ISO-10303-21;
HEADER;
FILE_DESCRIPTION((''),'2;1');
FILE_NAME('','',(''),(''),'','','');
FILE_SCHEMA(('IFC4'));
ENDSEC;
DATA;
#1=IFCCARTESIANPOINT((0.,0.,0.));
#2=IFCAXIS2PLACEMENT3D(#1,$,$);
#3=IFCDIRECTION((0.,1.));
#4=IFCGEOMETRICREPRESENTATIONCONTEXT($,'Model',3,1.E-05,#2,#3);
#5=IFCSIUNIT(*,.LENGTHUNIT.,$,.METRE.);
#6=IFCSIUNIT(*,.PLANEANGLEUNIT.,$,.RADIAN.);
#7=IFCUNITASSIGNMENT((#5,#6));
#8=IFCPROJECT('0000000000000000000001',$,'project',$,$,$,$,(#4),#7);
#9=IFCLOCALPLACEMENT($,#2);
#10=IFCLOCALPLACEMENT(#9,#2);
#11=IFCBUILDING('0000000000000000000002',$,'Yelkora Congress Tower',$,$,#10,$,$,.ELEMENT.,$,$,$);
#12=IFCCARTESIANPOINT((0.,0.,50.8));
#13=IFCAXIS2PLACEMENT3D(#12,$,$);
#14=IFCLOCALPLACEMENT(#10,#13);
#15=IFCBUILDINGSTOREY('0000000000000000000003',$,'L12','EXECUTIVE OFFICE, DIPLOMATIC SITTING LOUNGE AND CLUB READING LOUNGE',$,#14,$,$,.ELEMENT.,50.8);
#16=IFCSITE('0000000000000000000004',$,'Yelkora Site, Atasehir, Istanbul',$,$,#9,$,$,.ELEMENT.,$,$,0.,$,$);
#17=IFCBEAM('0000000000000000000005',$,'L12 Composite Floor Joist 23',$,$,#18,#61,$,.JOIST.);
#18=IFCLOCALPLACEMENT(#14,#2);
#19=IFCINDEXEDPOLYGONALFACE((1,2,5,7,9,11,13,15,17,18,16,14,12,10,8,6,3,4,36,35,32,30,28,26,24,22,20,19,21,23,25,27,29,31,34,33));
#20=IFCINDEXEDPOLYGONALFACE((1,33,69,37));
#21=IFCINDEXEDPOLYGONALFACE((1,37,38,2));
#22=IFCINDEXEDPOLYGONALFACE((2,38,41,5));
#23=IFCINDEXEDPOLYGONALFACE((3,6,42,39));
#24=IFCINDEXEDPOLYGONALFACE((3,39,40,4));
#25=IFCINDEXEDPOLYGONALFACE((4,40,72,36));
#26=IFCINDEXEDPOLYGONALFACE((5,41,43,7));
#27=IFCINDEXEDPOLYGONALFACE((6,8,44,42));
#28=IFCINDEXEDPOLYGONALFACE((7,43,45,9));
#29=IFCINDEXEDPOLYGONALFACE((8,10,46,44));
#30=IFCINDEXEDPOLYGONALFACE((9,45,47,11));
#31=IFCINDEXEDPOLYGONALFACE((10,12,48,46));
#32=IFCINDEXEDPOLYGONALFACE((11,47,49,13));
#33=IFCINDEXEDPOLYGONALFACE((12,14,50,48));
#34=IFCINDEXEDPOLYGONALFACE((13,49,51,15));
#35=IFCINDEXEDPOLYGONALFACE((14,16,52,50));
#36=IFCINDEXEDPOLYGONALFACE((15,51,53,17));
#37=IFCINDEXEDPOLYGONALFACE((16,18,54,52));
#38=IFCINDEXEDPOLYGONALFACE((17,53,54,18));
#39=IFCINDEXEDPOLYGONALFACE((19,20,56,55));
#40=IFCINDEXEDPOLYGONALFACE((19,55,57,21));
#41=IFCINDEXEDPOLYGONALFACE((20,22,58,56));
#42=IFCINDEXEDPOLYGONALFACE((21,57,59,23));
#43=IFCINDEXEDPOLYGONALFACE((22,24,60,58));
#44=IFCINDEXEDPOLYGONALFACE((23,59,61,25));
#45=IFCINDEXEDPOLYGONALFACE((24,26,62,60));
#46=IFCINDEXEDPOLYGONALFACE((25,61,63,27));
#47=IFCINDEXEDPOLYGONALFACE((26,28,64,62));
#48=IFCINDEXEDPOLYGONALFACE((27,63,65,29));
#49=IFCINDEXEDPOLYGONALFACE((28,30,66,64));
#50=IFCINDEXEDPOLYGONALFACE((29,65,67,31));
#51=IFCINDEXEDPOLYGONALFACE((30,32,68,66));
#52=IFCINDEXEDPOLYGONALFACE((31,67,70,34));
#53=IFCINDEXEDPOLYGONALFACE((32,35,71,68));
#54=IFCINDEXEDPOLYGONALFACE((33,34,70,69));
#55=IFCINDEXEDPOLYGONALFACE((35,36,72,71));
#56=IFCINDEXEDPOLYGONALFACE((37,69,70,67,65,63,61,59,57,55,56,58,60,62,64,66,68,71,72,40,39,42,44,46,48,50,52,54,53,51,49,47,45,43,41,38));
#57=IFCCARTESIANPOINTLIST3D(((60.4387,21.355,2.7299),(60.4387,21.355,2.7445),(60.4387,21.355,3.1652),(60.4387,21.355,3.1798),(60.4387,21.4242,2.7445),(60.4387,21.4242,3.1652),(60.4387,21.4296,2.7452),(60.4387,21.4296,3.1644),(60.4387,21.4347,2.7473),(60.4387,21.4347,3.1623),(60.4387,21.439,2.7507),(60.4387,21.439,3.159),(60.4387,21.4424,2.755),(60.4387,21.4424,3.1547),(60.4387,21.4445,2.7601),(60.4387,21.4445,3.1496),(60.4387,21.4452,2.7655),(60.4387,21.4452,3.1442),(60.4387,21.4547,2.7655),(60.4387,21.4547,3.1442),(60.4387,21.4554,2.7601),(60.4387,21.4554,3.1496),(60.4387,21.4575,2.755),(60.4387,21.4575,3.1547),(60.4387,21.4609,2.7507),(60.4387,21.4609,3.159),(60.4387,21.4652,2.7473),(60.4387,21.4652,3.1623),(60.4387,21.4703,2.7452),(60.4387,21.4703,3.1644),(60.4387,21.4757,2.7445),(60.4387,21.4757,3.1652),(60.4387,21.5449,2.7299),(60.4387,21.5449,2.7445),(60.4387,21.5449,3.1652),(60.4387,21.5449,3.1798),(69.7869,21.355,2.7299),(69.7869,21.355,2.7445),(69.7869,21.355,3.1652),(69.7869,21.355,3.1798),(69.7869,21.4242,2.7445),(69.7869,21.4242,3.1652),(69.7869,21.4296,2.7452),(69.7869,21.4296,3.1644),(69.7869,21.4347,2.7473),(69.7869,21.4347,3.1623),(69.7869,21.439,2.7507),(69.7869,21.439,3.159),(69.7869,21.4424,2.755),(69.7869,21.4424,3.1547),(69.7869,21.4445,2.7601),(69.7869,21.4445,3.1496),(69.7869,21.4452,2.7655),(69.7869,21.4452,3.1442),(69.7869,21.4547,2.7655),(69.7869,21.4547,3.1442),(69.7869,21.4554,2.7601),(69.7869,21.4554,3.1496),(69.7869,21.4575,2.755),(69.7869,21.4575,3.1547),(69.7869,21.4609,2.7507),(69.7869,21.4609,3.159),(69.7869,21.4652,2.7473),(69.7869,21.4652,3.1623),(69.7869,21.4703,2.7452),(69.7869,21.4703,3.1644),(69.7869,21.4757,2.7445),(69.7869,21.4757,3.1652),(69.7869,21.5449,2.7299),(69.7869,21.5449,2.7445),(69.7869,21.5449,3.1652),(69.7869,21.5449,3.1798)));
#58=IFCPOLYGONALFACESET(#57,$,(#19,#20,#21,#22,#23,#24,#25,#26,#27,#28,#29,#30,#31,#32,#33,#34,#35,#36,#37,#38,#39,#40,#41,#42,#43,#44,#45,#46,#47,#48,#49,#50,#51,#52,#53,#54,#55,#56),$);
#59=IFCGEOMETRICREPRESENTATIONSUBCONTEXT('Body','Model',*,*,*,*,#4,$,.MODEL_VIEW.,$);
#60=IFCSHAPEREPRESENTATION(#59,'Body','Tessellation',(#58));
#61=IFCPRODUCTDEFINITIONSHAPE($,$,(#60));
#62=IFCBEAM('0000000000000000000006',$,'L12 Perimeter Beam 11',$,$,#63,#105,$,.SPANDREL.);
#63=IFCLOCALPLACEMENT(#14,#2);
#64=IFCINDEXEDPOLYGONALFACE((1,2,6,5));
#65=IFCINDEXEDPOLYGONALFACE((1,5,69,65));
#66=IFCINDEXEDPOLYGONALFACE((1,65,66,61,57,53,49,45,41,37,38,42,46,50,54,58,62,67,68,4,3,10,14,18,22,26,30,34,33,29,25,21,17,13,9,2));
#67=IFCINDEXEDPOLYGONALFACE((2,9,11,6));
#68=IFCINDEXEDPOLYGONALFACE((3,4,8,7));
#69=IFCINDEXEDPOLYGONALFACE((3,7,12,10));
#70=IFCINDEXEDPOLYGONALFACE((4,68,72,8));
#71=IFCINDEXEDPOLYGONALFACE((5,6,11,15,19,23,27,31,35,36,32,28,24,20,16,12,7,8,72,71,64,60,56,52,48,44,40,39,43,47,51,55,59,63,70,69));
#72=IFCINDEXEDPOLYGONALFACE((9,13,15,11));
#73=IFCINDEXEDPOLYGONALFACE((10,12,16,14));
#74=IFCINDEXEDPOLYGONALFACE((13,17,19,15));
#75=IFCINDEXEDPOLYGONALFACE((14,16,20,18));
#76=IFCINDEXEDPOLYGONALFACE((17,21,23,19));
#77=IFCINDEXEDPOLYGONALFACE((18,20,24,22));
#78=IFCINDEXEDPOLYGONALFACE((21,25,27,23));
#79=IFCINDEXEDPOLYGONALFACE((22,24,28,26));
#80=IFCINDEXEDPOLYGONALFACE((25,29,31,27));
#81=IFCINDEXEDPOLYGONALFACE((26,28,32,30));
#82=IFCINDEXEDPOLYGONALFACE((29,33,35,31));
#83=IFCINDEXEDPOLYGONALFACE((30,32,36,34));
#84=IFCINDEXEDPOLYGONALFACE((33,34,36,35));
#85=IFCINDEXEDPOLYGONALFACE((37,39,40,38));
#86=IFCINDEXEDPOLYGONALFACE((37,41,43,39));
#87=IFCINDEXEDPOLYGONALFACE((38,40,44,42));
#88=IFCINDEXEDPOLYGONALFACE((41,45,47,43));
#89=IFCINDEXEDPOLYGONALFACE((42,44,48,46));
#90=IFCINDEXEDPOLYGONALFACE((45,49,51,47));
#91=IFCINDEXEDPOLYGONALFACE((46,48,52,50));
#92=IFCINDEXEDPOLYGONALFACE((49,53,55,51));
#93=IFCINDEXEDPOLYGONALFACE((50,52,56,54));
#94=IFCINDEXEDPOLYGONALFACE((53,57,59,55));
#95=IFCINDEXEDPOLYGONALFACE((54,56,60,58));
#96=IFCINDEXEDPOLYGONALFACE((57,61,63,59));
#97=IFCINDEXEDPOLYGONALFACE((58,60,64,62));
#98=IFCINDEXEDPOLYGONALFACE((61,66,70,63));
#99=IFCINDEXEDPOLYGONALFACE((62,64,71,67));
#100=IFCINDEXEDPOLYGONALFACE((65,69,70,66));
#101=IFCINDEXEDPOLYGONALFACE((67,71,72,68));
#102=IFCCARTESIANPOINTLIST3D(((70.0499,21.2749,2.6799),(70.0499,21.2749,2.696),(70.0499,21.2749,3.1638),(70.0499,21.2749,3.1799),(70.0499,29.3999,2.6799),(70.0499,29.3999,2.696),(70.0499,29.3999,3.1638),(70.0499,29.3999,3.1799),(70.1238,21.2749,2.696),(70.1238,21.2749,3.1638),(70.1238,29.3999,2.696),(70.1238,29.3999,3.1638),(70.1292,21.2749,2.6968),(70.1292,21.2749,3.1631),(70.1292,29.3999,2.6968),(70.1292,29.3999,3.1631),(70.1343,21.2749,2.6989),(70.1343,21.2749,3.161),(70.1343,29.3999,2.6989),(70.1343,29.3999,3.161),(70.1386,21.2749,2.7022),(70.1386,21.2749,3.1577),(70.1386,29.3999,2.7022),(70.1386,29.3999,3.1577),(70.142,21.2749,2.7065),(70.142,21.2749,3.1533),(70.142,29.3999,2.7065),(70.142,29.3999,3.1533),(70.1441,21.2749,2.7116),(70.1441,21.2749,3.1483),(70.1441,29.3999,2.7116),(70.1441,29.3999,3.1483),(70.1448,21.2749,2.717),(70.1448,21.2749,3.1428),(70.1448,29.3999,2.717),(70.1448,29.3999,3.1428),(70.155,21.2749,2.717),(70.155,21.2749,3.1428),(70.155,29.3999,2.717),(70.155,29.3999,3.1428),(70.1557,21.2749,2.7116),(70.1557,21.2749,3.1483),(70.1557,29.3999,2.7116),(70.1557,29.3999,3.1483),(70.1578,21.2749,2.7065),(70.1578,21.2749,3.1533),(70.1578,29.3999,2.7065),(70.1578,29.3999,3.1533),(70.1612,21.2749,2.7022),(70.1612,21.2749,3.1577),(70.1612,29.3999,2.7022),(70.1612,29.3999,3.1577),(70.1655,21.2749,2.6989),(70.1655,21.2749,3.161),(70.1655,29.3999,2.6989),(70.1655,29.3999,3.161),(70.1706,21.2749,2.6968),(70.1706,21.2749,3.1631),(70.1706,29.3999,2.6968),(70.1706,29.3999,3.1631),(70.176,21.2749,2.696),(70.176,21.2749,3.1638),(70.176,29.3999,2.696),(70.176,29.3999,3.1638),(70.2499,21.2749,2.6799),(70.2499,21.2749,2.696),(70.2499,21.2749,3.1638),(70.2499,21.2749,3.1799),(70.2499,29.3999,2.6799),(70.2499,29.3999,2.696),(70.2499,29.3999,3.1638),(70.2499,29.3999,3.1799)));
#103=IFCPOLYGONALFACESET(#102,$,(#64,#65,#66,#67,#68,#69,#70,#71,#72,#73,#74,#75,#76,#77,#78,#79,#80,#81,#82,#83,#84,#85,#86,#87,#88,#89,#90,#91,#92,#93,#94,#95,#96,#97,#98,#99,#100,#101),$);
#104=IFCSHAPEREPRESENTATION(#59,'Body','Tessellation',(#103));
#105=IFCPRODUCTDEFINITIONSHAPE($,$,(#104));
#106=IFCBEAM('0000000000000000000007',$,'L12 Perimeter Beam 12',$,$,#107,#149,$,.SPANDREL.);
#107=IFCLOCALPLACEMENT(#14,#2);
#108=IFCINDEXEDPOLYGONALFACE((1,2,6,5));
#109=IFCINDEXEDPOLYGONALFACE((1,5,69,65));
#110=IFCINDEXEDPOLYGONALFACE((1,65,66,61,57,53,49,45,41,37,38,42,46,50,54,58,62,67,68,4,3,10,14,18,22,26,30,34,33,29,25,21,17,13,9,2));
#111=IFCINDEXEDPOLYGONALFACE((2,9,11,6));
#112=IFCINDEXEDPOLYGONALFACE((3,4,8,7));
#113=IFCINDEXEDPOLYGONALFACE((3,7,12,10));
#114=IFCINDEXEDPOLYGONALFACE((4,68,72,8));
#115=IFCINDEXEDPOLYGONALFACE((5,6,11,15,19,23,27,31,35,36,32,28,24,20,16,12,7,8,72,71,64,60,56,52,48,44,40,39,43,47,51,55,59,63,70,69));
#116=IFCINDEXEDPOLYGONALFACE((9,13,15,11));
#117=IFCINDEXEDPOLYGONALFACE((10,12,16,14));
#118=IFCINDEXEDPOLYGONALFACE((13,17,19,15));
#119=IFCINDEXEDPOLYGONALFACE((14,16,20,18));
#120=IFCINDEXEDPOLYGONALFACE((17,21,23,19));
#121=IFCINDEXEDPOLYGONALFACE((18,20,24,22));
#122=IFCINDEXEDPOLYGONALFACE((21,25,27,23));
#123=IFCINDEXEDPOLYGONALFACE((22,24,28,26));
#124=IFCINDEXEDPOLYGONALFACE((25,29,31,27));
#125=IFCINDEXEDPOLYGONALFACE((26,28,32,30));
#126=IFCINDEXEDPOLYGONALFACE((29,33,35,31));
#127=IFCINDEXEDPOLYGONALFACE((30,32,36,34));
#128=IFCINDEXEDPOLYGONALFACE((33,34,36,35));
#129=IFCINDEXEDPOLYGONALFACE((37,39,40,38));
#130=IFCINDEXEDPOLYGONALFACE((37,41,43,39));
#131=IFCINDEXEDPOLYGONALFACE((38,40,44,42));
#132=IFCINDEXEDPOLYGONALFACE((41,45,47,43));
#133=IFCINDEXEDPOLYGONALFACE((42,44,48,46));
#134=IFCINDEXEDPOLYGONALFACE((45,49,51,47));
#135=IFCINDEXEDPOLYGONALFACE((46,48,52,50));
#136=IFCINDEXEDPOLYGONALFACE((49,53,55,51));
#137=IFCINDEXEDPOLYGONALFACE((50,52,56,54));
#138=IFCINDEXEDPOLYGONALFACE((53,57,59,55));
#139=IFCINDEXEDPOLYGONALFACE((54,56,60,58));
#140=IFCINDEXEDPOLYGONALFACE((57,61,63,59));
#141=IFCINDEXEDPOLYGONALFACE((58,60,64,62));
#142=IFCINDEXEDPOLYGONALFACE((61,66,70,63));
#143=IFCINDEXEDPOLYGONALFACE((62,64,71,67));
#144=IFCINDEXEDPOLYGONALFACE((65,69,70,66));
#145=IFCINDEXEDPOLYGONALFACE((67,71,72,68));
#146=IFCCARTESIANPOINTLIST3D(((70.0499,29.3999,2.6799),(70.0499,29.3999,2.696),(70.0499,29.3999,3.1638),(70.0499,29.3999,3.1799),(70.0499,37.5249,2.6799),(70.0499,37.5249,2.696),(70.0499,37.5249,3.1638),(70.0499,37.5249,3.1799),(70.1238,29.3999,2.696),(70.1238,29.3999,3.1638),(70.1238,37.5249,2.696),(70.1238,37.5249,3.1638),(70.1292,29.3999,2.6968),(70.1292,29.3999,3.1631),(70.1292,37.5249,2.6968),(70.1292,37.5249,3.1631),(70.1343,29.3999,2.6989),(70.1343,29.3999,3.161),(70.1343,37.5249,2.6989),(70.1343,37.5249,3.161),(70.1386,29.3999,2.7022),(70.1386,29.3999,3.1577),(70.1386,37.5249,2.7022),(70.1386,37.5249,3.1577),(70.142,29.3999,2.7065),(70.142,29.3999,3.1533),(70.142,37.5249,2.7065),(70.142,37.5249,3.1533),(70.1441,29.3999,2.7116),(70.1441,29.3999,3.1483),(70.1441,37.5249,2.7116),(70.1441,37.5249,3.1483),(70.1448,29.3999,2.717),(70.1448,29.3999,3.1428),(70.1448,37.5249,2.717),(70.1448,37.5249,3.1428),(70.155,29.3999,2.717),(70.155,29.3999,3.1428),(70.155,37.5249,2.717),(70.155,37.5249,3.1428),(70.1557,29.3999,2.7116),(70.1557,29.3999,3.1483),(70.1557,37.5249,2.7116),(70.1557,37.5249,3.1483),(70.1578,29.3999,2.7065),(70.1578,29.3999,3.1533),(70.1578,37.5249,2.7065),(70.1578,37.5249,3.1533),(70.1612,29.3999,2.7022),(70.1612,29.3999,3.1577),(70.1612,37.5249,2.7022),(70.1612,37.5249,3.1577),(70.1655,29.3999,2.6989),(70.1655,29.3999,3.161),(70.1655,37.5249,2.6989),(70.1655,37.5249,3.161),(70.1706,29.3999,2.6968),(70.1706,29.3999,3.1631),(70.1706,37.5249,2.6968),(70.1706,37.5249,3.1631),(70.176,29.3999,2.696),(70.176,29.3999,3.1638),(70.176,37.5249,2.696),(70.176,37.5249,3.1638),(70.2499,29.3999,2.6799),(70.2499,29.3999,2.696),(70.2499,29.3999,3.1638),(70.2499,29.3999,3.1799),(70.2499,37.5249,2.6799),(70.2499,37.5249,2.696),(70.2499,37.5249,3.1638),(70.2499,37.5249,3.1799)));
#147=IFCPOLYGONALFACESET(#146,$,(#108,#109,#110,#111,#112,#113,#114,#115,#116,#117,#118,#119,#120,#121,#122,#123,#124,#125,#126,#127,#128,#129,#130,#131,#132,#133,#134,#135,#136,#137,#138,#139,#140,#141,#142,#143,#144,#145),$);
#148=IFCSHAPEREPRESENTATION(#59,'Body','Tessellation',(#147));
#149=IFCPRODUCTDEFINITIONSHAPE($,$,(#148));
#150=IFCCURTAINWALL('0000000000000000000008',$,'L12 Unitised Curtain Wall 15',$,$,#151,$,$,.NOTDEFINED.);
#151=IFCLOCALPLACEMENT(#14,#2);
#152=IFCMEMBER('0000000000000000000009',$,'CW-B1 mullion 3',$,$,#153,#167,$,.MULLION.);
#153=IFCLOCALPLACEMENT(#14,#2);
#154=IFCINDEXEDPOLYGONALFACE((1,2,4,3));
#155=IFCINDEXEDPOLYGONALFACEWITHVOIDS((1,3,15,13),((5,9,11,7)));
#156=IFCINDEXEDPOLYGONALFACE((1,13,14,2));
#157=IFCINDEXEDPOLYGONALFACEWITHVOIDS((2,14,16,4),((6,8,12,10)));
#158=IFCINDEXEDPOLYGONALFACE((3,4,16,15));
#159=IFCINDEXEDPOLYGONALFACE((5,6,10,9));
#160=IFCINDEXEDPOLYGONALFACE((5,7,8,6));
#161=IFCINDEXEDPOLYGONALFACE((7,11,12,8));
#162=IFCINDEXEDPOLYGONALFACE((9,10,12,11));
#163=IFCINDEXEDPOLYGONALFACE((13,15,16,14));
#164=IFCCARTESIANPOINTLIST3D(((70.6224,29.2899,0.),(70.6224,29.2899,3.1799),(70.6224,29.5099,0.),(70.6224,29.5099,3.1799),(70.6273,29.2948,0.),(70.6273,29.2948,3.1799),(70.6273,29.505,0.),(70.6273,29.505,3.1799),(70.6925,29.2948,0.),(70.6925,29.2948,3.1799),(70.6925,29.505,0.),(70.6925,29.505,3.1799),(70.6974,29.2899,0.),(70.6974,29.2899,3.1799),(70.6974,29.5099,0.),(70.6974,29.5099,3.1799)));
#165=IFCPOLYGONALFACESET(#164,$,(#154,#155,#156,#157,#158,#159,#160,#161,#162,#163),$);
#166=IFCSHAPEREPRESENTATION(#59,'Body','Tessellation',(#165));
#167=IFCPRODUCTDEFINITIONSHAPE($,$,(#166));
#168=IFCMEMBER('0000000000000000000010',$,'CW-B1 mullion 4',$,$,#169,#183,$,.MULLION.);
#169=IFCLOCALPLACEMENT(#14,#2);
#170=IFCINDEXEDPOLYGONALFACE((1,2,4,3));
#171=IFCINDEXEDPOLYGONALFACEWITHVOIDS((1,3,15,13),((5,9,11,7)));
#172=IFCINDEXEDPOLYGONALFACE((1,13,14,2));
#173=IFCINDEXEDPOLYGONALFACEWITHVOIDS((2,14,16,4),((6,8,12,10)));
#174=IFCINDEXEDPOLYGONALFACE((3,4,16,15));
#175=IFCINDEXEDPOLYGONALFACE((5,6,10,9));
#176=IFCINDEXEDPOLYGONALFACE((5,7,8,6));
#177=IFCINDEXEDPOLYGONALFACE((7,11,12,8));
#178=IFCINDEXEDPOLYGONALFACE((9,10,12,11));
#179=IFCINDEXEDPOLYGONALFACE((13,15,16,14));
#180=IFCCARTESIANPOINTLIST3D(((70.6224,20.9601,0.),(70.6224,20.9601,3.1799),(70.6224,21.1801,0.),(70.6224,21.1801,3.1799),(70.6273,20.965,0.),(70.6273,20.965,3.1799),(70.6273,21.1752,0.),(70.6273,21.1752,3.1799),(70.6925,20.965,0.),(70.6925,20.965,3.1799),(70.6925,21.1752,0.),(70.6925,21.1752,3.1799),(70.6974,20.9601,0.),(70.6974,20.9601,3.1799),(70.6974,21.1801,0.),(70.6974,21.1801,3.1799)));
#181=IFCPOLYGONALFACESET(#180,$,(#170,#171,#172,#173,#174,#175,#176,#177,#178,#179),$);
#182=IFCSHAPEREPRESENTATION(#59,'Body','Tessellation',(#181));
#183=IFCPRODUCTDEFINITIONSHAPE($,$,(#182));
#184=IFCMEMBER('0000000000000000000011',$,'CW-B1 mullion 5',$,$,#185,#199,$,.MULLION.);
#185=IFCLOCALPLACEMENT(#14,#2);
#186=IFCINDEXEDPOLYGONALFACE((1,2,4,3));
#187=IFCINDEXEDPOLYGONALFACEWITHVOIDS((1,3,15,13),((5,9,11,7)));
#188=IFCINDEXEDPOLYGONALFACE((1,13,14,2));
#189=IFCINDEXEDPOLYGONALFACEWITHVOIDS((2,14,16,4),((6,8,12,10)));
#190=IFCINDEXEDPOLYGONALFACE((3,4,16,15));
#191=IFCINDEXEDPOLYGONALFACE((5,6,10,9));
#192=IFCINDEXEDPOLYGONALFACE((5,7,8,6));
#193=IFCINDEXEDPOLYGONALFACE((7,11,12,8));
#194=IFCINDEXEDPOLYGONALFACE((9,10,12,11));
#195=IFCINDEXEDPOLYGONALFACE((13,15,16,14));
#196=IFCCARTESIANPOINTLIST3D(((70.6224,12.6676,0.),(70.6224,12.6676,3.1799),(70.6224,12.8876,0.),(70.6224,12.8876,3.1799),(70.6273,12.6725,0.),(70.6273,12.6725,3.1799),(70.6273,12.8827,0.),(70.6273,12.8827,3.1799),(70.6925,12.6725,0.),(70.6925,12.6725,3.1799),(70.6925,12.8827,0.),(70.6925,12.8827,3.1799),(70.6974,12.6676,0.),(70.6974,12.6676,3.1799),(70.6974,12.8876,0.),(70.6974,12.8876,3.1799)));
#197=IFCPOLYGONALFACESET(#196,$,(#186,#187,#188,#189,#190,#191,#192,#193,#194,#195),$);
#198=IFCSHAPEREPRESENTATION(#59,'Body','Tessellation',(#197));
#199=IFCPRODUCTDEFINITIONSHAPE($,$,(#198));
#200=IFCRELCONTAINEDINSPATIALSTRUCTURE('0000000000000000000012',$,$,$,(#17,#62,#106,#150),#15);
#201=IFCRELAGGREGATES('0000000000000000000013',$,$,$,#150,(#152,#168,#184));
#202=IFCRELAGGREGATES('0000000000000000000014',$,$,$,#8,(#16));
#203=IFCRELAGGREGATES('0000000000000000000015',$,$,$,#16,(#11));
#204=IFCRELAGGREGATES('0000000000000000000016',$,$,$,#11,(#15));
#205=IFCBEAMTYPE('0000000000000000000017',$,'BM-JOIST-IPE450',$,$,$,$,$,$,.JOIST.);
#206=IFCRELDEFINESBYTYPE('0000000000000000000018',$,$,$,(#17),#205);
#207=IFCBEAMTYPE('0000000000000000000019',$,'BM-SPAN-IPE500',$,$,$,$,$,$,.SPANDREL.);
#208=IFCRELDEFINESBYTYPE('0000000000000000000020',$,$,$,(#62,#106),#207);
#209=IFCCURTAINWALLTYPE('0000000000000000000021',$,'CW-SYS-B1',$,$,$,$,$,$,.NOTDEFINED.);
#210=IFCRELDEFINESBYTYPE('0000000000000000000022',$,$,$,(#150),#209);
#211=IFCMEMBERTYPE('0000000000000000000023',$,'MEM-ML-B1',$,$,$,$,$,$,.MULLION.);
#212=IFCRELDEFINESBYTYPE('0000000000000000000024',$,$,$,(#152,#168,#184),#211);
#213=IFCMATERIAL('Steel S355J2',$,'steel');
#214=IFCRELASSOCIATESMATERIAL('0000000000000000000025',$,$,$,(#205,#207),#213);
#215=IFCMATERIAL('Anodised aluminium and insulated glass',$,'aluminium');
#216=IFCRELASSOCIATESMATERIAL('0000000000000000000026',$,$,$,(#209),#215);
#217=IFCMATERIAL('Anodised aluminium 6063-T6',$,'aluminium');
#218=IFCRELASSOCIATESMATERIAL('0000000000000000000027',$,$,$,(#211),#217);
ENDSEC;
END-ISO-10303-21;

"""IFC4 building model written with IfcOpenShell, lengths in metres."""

from ifc_helpers import new_model, si_unit, direction, frame, origin, origin_2d, place, context, subcontext, project, spatial, hollow_rectangle, i_section, extrude, material, material_profile, profile_set, type_object, element, aggregate, save


model = new_model("IFC4")

# Units and contexts
model_context = context("Model", 3, precision=1e-05, world=origin(), true_north=direction((0.0, 1.0)))
body_context = subcontext(model_context, "Body", "Model", "MODEL_VIEW")
ifc_project = project(units=[si_unit("LENGTHUNIT", "METRE"), si_unit("PLANEANGLEUNIT", "RADIAN")], contexts=[model_context])

# Site, building, storey
site_placement = place(None, origin())
site = spatial("IfcSite", under=ifc_project, at=site_placement, Name="Yelkora Site, Atasehir, Istanbul", CompositionType="ELEMENT", RefElevation=0.0)
building_placement = place(site_placement, origin())
building = spatial("IfcBuilding", under=site, at=building_placement, Name="Yelkora Congress Tower", CompositionType="ELEMENT")
storey_placement = place(building_placement, frame((0.0, 0.0, 50.8)))
storey = spatial("IfcBuildingStorey", under=building, at=storey_placement, Name="L12", Description="EXECUTIVE OFFICE, DIPLOMATIC SITTING LOUNGE AND CLUB READING LOUNGE", CompositionType="ELEMENT", Elevation=50.8)

# Beams
ifc_material_1 = material(Name="Steel S355J2", Category="steel")
ifc_material_profile_1 = material_profile(ifc_material_1, i_section(OverallWidth=0.1899, OverallDepth=0.45, WebThickness=0.0095, FlangeThickness=0.0146, FilletRadius=0.021, at=origin_2d()), Name="IPE 450")
ifc_profile_set_1 = profile_set([ifc_material_profile_1], Name="Steel S355J2")
beam_type_1 = type_object("IfcBeamType", Name="BM-JOIST-IPE450", PredefinedType="JOIST", material=ifc_profile_set_1)
beam_1_placement = place(storey_placement, frame((60.4387, 21.45, 2.9548), z_axis=(1.0, 0.0, 0.0), x_axis=(0.0, 1.0, 0.0)))
element("IfcBeam", 1, at=beam_1_placement, inside=storey, type_object=beam_type_1, Name="L12 Composite Floor Joist 23", PredefinedType="JOIST", context=body_context, shape_type="SweptSolid", body=[
    extrude(i_section(OverallWidth=0.1899, OverallDepth=0.45, WebThickness=0.0095, FlangeThickness=0.0146, FilletRadius=0.021, at=origin_2d()), origin(), (0.0, 0.0, 1.0), 9.3481),
])
ifc_material_profile_2 = material_profile(ifc_material_1, i_section(OverallWidth=0.2, OverallDepth=0.5, WebThickness=0.0103, FlangeThickness=0.0161, FilletRadius=0.021, at=origin_2d()), Name="IPE 500")
ifc_profile_set_2 = profile_set([ifc_material_profile_2], Name="Steel S355J2")
beam_type_2 = type_object("IfcBeamType", Name="BM-SPAN-IPE500", PredefinedType="SPANDREL", material=ifc_profile_set_2)
for number, where, z_axis, x_axis, name in (
    (2, (70.1499, 21.2749, 2.9299), (0.0, 1.0, 0.0), (-1.0, 0.0, 0.0), "L12 Perimeter Beam 11"),
    (3, (70.1499, 29.3999, 2.9299), (0.0, 1.0, 0.0), (-1.0, 0.0, 0.0), "L12 Perimeter Beam 12"),
):
    element("IfcBeam", number, at=place(storey_placement, frame(where, z_axis=z_axis, x_axis=x_axis)), inside=storey, type_object=beam_type_2, Name=name, PredefinedType="SPANDREL", context=body_context, shape_type="SweptSolid", body=[
        extrude(i_section(OverallWidth=0.2, OverallDepth=0.5, WebThickness=0.0103, FlangeThickness=0.0161, FilletRadius=0.021, at=origin_2d()), origin(), (0.0, 0.0, 1.0), 8.125),
    ])

# Curtain wall, members
ifc_material_2 = material(Name="Anodised aluminium and insulated glass", Category="aluminium")
curtain_wall_type = type_object("IfcCurtainWallType", Name="CW-SYS-B1", PredefinedType="NOTDEFINED", material=ifc_material_2)
curtain_wall_placement = place(storey_placement, origin())
curtain_wall = element("IfcCurtainWall", 4, at=curtain_wall_placement, inside=storey, type_object=curtain_wall_type, Name="L12 Unitised Curtain Wall 15", PredefinedType="NOTDEFINED")
ifc_material_3 = material(Name="Anodised aluminium 6063-T6", Category="aluminium")
ifc_material_profile_3 = material_profile(ifc_material_3, hollow_rectangle(XDim=0.075, YDim=0.22, WallThickness=0.0049, at=origin_2d()), Name="ALU 75x220x5")
ifc_profile_set_3 = profile_set([ifc_material_profile_3], Name="Anodised aluminium 6063-T6")
member_type_1 = type_object("IfcMemberType", Name="MEM-ML-B1", PredefinedType="MULLION", material=ifc_profile_set_3)
member_1_placement = place(storey_placement, frame((70.6599, 29.3999, 0.0), z_axis=(0.0, 0.0, 1.0), x_axis=(1.0, 0.0, 0.0)))
member_1 = element("IfcMember", 5, at=member_1_placement, type_object=member_type_1, Name="CW-B1 mullion 3", PredefinedType="MULLION", context=body_context, shape_type="SweptSolid", body=[
    extrude(hollow_rectangle(XDim=0.075, YDim=0.22, WallThickness=0.0049, at=origin_2d()), origin(), (0.0, 0.0, 1.0), 3.1799),
])
member_2_placement = place(storey_placement, frame((70.6599, 21.0701, 0.0), z_axis=(0.0, 0.0, 1.0), x_axis=(1.0, 0.0, 0.0)))
member_2 = element("IfcMember", 6, at=member_2_placement, type_object=member_type_1, Name="CW-B1 mullion 4", PredefinedType="MULLION", context=body_context, shape_type="SweptSolid", body=[
    extrude(hollow_rectangle(XDim=0.075, YDim=0.22, WallThickness=0.0049, at=origin_2d()), origin(), (0.0, 0.0, 1.0), 3.1799),
])
member_3_placement = place(storey_placement, frame((70.6599, 12.7776, 0.0), z_axis=(0.0, 0.0, 1.0), x_axis=(1.0, 0.0, 0.0)))
member_3 = element("IfcMember", 7, at=member_3_placement, type_object=member_type_1, Name="CW-B1 mullion 5", PredefinedType="MULLION", context=body_context, shape_type="SweptSolid", body=[
    extrude(hollow_rectangle(XDim=0.075, YDim=0.22, WallThickness=0.0049, at=origin_2d()), origin(), (0.0, 0.0, 1.0), 3.1799),
])
aggregate(curtain_wall, [member_1, member_2, member_3])

save(model, "model.ifc")
